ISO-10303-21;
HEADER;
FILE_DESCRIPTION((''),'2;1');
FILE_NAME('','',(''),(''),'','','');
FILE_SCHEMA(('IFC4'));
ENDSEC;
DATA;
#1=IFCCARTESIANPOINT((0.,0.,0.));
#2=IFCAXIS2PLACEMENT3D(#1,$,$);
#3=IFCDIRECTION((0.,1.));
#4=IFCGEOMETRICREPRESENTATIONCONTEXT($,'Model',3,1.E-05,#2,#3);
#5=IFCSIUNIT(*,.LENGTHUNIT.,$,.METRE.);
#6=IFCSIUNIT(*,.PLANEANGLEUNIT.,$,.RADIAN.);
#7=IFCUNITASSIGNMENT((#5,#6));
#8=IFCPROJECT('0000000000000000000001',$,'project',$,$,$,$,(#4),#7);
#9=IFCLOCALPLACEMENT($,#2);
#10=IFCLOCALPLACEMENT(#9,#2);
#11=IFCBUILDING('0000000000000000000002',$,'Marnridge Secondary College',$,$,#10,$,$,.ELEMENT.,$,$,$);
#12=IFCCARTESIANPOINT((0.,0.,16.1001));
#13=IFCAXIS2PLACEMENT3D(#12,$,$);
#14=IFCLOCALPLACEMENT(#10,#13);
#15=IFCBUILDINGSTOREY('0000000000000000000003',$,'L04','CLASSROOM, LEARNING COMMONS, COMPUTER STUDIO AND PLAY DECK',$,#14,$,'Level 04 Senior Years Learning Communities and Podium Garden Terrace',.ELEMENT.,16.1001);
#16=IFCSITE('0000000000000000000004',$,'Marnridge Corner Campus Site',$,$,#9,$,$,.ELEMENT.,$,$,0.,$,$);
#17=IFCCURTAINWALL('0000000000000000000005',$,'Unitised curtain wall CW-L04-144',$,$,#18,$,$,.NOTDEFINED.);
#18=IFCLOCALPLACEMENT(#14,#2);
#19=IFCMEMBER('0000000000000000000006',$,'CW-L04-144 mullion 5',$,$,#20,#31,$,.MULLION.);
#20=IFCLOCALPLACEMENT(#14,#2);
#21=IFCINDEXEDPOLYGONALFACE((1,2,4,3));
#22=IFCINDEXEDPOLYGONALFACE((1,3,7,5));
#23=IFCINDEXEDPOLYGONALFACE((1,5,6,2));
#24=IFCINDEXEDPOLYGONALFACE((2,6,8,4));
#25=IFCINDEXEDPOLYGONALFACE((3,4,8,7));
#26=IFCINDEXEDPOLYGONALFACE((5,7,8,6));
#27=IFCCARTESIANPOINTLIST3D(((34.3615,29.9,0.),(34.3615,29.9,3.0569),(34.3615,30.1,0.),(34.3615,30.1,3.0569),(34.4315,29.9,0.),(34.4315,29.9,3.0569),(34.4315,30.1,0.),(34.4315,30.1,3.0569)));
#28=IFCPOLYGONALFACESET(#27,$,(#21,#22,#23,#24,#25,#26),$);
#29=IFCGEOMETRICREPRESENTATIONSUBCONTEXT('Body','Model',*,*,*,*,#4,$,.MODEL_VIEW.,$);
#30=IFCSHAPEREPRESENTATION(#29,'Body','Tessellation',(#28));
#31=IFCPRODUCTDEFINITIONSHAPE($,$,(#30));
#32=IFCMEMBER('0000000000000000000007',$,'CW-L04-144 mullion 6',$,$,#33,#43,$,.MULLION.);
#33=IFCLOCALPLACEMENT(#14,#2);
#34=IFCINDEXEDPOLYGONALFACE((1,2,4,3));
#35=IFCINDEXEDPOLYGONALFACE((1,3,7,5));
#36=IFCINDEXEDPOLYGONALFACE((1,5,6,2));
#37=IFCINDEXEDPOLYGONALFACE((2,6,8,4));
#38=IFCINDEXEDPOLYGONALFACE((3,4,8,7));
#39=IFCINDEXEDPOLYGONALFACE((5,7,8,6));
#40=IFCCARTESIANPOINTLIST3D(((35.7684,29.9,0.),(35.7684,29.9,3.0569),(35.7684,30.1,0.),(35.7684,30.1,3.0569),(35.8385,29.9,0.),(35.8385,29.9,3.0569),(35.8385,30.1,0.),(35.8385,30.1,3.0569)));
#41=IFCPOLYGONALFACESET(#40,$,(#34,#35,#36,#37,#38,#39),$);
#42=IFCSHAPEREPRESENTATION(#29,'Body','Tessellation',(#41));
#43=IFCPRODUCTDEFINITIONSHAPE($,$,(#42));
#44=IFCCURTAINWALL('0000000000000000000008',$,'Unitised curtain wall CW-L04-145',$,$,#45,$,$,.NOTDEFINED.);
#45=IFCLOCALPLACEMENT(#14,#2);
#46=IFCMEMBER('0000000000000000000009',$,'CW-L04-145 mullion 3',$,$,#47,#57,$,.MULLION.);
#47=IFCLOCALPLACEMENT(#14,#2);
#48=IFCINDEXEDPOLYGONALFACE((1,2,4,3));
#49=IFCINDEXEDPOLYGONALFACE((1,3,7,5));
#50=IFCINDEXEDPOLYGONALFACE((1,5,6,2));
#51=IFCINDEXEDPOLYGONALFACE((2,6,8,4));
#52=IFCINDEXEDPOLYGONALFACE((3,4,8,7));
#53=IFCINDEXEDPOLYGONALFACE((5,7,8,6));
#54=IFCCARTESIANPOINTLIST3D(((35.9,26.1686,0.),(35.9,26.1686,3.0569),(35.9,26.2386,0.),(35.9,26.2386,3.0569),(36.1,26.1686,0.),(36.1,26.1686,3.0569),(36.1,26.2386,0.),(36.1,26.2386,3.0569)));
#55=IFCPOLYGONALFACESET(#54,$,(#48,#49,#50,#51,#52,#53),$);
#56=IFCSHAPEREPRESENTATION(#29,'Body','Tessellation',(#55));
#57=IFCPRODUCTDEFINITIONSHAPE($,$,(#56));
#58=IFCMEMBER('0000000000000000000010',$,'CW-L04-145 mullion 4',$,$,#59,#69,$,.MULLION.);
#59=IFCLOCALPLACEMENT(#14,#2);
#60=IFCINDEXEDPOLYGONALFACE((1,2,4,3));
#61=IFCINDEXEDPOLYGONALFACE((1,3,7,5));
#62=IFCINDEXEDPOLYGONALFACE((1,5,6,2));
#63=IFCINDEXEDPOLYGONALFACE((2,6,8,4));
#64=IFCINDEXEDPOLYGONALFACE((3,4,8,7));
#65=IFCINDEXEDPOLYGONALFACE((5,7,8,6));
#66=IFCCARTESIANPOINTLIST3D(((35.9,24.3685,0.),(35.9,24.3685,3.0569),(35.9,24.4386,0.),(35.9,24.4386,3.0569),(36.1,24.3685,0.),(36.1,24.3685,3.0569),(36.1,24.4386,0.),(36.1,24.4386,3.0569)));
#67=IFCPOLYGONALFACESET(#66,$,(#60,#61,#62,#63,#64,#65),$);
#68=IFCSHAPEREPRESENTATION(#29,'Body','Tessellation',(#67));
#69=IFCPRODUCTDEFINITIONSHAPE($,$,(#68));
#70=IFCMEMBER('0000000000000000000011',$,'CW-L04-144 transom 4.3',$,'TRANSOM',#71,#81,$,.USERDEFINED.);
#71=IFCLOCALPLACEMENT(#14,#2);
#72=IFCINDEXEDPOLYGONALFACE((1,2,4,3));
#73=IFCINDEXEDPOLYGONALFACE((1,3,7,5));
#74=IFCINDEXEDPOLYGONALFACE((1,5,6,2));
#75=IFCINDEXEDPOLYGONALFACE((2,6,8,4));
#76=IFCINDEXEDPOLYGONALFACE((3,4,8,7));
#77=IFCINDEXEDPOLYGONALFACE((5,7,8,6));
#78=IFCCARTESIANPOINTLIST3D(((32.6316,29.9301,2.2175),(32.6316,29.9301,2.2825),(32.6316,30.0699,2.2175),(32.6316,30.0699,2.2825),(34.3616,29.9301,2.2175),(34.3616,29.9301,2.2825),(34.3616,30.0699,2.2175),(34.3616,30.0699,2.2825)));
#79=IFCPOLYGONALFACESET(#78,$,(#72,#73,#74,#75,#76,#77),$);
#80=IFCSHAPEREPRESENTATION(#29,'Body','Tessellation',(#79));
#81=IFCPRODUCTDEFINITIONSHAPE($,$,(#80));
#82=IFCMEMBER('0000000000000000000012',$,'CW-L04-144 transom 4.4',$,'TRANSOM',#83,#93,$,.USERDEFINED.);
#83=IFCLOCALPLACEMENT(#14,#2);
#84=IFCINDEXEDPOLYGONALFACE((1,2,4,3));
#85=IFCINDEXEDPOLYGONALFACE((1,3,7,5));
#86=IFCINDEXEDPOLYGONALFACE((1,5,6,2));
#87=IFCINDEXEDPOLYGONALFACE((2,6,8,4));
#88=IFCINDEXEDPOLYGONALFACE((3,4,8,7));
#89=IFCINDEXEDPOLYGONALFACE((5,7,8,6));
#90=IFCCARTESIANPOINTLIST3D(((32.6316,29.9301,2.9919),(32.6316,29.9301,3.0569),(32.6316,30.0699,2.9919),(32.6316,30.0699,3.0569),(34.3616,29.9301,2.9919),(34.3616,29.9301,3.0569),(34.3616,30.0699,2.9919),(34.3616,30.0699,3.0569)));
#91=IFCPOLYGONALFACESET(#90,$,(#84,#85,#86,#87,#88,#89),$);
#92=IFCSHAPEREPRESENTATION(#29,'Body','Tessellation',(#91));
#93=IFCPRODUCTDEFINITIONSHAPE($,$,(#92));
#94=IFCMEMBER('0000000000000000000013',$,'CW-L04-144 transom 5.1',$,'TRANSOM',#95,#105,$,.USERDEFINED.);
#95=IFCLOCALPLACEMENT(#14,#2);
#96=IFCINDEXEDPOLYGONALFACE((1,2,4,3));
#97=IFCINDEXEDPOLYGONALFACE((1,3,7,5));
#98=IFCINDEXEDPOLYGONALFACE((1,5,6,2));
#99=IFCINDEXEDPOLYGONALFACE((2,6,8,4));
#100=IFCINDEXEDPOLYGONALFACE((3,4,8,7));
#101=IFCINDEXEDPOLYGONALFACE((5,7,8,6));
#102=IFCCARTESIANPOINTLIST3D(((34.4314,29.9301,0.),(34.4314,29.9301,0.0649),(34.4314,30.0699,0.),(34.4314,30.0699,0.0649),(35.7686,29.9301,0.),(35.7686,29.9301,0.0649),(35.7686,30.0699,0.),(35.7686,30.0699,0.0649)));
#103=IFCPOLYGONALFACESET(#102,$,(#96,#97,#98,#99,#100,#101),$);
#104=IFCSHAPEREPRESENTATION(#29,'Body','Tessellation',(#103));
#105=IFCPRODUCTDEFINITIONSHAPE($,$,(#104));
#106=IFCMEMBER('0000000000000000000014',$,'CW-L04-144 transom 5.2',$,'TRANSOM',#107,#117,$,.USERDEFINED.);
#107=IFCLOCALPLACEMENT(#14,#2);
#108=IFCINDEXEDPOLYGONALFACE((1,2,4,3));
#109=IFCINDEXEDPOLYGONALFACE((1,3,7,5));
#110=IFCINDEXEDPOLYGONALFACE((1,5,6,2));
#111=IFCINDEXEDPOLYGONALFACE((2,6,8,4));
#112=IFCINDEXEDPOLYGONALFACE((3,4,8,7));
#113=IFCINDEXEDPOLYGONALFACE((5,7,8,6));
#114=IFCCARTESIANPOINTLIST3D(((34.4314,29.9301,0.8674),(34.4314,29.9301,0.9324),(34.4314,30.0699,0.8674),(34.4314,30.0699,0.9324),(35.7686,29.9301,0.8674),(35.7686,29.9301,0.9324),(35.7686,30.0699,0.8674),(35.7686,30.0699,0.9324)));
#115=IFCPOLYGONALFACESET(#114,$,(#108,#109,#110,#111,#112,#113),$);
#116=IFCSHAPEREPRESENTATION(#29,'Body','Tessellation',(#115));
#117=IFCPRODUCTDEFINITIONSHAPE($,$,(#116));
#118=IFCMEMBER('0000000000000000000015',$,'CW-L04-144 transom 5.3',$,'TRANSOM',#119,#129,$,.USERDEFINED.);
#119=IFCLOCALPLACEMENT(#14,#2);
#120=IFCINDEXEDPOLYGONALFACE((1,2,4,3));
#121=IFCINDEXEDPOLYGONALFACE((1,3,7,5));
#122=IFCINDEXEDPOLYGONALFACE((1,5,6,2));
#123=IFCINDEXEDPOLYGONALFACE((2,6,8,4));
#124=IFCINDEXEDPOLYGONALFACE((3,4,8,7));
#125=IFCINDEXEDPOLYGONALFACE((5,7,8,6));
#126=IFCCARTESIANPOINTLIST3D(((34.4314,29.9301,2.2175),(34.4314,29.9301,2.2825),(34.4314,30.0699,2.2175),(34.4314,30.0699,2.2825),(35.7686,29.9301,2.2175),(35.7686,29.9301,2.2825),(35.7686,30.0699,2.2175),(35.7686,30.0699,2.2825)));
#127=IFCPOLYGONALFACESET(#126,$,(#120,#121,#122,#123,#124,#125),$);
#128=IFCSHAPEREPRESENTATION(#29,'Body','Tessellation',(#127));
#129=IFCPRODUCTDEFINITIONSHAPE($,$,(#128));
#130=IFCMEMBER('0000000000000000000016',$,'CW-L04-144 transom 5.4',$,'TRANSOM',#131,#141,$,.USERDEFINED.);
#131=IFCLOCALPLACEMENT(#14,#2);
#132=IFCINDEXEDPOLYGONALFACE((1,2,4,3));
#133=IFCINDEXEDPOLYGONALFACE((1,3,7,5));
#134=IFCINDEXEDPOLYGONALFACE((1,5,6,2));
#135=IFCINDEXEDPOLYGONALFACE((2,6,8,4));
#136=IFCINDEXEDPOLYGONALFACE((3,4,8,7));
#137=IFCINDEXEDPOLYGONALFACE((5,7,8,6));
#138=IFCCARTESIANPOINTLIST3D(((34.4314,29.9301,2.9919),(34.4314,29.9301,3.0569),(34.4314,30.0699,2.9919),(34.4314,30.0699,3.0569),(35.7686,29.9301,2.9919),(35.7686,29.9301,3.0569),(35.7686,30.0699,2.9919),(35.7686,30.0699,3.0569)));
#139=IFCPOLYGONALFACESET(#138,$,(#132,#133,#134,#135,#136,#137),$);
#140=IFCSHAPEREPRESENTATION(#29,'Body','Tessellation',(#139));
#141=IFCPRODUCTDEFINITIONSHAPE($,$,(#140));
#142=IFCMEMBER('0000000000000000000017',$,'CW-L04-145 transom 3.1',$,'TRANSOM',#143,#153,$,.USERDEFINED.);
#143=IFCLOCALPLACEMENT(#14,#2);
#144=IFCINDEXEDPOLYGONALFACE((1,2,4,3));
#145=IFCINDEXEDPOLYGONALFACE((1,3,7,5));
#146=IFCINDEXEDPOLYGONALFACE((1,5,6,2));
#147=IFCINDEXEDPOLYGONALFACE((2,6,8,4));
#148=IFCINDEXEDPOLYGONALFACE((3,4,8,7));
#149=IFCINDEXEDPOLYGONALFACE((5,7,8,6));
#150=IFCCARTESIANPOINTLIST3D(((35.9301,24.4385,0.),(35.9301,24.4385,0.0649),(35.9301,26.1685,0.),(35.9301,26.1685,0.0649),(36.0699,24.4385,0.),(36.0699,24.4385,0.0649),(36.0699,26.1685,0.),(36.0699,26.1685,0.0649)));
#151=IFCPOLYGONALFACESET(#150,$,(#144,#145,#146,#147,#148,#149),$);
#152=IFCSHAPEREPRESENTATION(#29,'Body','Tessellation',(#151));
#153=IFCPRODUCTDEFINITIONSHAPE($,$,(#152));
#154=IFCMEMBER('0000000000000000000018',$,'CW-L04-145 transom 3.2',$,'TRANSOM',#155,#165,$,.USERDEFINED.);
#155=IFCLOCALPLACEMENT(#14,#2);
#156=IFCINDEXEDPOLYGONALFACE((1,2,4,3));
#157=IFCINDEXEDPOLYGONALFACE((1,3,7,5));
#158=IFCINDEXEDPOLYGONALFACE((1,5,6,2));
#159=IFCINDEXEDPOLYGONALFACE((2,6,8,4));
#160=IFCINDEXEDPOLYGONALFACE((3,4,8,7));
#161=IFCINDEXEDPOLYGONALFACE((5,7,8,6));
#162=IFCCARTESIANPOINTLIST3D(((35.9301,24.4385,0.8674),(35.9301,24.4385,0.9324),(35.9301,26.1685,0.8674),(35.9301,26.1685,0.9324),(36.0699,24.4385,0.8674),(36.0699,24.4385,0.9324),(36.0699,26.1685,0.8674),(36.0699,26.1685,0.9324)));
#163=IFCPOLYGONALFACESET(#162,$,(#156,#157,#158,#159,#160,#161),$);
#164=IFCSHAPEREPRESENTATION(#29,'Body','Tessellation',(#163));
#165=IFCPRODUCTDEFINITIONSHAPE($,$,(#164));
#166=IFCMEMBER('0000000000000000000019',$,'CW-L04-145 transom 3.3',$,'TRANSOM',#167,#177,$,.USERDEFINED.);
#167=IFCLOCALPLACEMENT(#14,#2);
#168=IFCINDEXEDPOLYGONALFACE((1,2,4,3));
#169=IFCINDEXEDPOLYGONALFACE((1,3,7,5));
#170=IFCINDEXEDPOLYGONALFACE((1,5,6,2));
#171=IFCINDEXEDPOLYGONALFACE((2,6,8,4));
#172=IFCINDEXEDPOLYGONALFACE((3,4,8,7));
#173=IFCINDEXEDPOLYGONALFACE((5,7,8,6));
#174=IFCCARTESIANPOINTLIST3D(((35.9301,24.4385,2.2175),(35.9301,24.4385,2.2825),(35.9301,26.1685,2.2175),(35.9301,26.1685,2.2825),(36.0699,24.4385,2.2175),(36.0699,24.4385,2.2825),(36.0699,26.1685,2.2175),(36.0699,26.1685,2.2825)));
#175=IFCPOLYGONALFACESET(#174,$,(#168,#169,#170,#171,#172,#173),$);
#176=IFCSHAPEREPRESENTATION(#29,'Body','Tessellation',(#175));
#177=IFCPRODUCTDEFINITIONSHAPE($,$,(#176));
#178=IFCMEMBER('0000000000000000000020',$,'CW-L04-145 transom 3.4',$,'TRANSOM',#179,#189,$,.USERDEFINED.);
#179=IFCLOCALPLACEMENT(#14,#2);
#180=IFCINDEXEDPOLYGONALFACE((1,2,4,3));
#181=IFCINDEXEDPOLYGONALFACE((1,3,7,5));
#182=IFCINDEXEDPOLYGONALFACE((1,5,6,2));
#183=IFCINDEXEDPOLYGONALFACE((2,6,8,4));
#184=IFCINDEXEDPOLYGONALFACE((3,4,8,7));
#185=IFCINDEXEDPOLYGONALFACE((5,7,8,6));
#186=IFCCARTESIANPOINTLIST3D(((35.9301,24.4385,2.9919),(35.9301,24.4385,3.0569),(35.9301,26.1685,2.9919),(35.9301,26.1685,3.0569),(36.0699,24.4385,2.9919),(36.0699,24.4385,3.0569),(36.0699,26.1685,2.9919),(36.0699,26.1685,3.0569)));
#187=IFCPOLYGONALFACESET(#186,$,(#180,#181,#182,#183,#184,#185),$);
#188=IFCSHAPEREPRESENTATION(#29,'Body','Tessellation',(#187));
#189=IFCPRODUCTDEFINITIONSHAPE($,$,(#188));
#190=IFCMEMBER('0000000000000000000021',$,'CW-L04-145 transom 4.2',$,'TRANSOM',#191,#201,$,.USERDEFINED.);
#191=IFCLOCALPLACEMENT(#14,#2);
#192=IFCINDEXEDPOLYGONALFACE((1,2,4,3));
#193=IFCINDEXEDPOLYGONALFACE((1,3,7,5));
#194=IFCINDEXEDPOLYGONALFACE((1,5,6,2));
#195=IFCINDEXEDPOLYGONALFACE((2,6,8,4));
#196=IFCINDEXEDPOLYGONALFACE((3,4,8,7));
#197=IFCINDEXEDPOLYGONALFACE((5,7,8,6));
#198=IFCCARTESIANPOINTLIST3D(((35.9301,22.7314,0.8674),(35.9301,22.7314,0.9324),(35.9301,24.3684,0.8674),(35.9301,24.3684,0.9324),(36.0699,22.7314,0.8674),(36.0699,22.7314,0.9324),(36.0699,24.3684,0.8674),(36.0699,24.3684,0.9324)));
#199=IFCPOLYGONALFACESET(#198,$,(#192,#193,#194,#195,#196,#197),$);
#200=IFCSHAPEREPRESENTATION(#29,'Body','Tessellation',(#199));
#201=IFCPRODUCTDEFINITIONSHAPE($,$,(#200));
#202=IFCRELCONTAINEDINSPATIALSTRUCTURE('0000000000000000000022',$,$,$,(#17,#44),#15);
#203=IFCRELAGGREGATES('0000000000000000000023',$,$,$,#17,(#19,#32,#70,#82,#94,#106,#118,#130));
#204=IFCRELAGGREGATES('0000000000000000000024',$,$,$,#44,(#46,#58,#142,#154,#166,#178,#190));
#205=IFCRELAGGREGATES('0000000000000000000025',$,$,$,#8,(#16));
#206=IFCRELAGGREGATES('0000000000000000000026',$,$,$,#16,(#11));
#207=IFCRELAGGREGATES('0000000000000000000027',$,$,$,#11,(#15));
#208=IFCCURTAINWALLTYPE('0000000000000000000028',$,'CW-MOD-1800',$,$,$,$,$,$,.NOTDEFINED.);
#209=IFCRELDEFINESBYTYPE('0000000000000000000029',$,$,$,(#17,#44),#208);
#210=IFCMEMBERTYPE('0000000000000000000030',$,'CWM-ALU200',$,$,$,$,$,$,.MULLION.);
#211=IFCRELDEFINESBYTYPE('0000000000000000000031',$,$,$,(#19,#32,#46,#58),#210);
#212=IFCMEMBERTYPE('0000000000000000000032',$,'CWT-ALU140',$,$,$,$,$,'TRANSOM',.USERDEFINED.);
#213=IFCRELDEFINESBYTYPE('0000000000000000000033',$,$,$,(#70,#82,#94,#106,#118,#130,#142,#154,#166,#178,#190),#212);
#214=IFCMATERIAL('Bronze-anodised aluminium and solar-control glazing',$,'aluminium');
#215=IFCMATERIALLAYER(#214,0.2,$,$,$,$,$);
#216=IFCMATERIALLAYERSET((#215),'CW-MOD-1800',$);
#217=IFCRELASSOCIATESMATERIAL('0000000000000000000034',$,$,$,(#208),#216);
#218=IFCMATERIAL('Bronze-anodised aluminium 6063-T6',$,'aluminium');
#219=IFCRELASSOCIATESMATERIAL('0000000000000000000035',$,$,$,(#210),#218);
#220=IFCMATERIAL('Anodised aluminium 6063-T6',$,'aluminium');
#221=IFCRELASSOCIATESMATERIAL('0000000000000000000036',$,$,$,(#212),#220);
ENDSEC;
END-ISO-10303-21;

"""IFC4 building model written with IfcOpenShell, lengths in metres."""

from ifc_helpers import new_model, si_unit, direction, frame, origin, origin_2d, place, context, subcontext, project, spatial, rectangle, extrude, material, layer, layer_set, material_profile, profile_set, type_object, element, aggregate, save


model = new_model("IFC4")

# Units and contexts
model_context = context("Model", 3, precision=1e-05, world=origin(), true_north=direction((0.0, 1.0)))
body_context = subcontext(model_context, "Body", "Model", "MODEL_VIEW")
ifc_project = project(units=[si_unit("LENGTHUNIT", "METRE"), si_unit("PLANEANGLEUNIT", "RADIAN")], contexts=[model_context])

# Site, building, storey
site_placement = place(None, origin())
site = spatial("IfcSite", under=ifc_project, at=site_placement, Name="Marnridge Corner Campus Site", CompositionType="ELEMENT", RefElevation=0.0)
building_placement = place(site_placement, origin())
building = spatial("IfcBuilding", under=site, at=building_placement, Name="Marnridge Secondary College", CompositionType="ELEMENT")
storey_placement = place(building_placement, frame((0.0, 0.0, 16.1001)))
storey = spatial("IfcBuildingStorey", under=building, at=storey_placement, Name="L04", Description="CLASSROOM, LEARNING COMMONS, COMPUTER STUDIO AND PLAY DECK", LongName="Level 04 Senior Years Learning Communities and Podium Garden Terrace", CompositionType="ELEMENT", Elevation=16.1001)

# Curtain walls, members
ifc_material_1 = material(Name="Bronze-anodised aluminium and solar-control glazing", Category="aluminium")
ifc_layer_1 = layer(ifc_material_1, 0.2)
ifc_layer_set_1 = layer_set([ifc_layer_1], Name="CW-MOD-1800")
curtain_wall_type = type_object("IfcCurtainWallType", Name="CW-MOD-1800", PredefinedType="NOTDEFINED", material=ifc_layer_set_1)
curtain_wall_1_placement = place(storey_placement, origin())
curtain_wall_1 = element("IfcCurtainWall", 1, at=curtain_wall_1_placement, inside=storey, type_object=curtain_wall_type, Name="Unitised curtain wall CW-L04-144", PredefinedType="NOTDEFINED")
ifc_material_2 = material(Name="Bronze-anodised aluminium 6063-T6", Category="aluminium")
ifc_material_profile_1 = material_profile(ifc_material_2, rectangle(XDim=0.0701, YDim=0.2, at=origin_2d()), Name="ALU 70x200")
ifc_profile_set_1 = profile_set([ifc_material_profile_1], Name="Bronze-anodised aluminium 6063-T6")
member_type_1 = type_object("IfcMemberType", Name="CWM-ALU200", PredefinedType="MULLION", material=ifc_profile_set_1)
member_1_placement = place(storey_placement, frame((34.3965, 30.0, 0.0), z_axis=(0.0, 0.0, 1.0), x_axis=(1.0, 0.0, 0.0)))
member_1 = element("IfcMember", 2, at=member_1_placement, type_object=member_type_1, Name="CW-L04-144 mullion 5", PredefinedType="MULLION", context=body_context, shape_type="SweptSolid", body=[
    extrude(rectangle(XDim=0.0701, YDim=0.2, at=origin_2d()), origin(), (0.0, 0.0, 1.0), 3.0569),
])
member_2_placement = place(storey_placement, frame((35.8035, 30.0, 0.0), z_axis=(0.0, 0.0, 1.0), x_axis=(1.0, 0.0, 0.0)))
member_2 = element("IfcMember", 3, at=member_2_placement, type_object=member_type_1, Name="CW-L04-144 mullion 6", PredefinedType="MULLION", context=body_context, shape_type="SweptSolid", body=[
    extrude(rectangle(XDim=0.0701, YDim=0.2, at=origin_2d()), origin(), (0.0, 0.0, 1.0), 3.0569),
])
curtain_wall_2_placement = place(storey_placement, origin())
curtain_wall_2 = element("IfcCurtainWall", 4, at=curtain_wall_2_placement, inside=storey, type_object=curtain_wall_type, Name="Unitised curtain wall CW-L04-145", PredefinedType="NOTDEFINED")
member_3_placement = place(storey_placement, frame((36.0, 26.2036, 0.0), z_axis=(0.0, 0.0, 1.0), x_axis=(0.0, -1.0, 0.0)))
member_3 = element("IfcMember", 5, at=member_3_placement, type_object=member_type_1, Name="CW-L04-145 mullion 3", PredefinedType="MULLION", context=body_context, shape_type="SweptSolid", body=[
    extrude(rectangle(XDim=0.0701, YDim=0.2, at=origin_2d()), origin(), (0.0, 0.0, 1.0), 3.0569),
])
member_4_placement = place(storey_placement, frame((36.0, 24.4036, 0.0), z_axis=(0.0, 0.0, 1.0), x_axis=(0.0, -1.0, 0.0)))
member_4 = element("IfcMember", 6, at=member_4_placement, type_object=member_type_1, Name="CW-L04-145 mullion 4", PredefinedType="MULLION", context=body_context, shape_type="SweptSolid", body=[
    extrude(rectangle(XDim=0.0701, YDim=0.2, at=origin_2d()), origin(), (0.0, 0.0, 1.0), 3.0569),
])

# Members
ifc_material_3 = material(Name="Anodised aluminium 6063-T6", Category="aluminium")
ifc_material_profile_2 = material_profile(ifc_material_3, rectangle(XDim=0.0649, YDim=0.1399, at=origin_2d()), Name="ALU 65x140")
ifc_profile_set_2 = profile_set([ifc_material_profile_2], Name="Anodised aluminium 6063-T6")
member_type_2 = type_object("IfcMemberType", Name="CWT-ALU140", ElementType="TRANSOM", PredefinedType="USERDEFINED", material=ifc_profile_set_2)
member_5_placement = place(storey_placement, frame((32.6316, 30.0, 2.25), z_axis=(1.0, 0.0, 0.0), x_axis=(0.0, 0.0, 1.0)))
member_5 = element("IfcMember", 7, at=member_5_placement, type_object=member_type_2, Name="CW-L04-144 transom 4.3", ObjectType="TRANSOM", PredefinedType="USERDEFINED", context=body_context, shape_type="SweptSolid", body=[
    extrude(rectangle(XDim=0.0649, YDim=0.1399, at=origin_2d()), origin(), (0.0, 0.0, 1.0), 1.73),
])
member_6_placement = place(storey_placement, frame((32.6316, 30.0, 3.0244), z_axis=(1.0, 0.0, 0.0), x_axis=(0.0, 0.0, 1.0)))
member_6 = element("IfcMember", 8, at=member_6_placement, type_object=member_type_2, Name="CW-L04-144 transom 4.4", ObjectType="TRANSOM", PredefinedType="USERDEFINED", context=body_context, shape_type="SweptSolid", body=[
    extrude(rectangle(XDim=0.0649, YDim=0.1399, at=origin_2d()), origin(), (0.0, 0.0, 1.0), 1.73),
])
member_7_placement = place(storey_placement, frame((34.4314, 30.0, 0.0325), z_axis=(1.0, 0.0, 0.0), x_axis=(0.0, 0.0, 1.0)))
member_7 = element("IfcMember", 9, at=member_7_placement, type_object=member_type_2, Name="CW-L04-144 transom 5.1", ObjectType="TRANSOM", PredefinedType="USERDEFINED", context=body_context, shape_type="SweptSolid", body=[
    extrude(rectangle(XDim=0.0649, YDim=0.1399, at=origin_2d()), origin(), (0.0, 0.0, 1.0), 1.3372),
])
member_8_placement = place(storey_placement, frame((34.4314, 30.0, 0.8999), z_axis=(1.0, 0.0, 0.0), x_axis=(0.0, 0.0, 1.0)))
member_8 = element("IfcMember", 10, at=member_8_placement, type_object=member_type_2, Name="CW-L04-144 transom 5.2", ObjectType="TRANSOM", PredefinedType="USERDEFINED", context=body_context, shape_type="SweptSolid", body=[
    extrude(rectangle(XDim=0.0649, YDim=0.1399, at=origin_2d()), origin(), (0.0, 0.0, 1.0), 1.3372),
])
member_9_placement = place(storey_placement, frame((34.4314, 30.0, 2.25), z_axis=(1.0, 0.0, 0.0), x_axis=(0.0, 0.0, 1.0)))
member_9 = element("IfcMember", 11, at=member_9_placement, type_object=member_type_2, Name="CW-L04-144 transom 5.3", ObjectType="TRANSOM", PredefinedType="USERDEFINED", context=body_context, shape_type="SweptSolid", body=[
    extrude(rectangle(XDim=0.0649, YDim=0.1399, at=origin_2d()), origin(), (0.0, 0.0, 1.0), 1.3372),
])
member_10_placement = place(storey_placement, frame((34.4314, 30.0, 3.0244), z_axis=(1.0, 0.0, 0.0), x_axis=(0.0, 0.0, 1.0)))
member_10 = element("IfcMember", 12, at=member_10_placement, type_object=member_type_2, Name="CW-L04-144 transom 5.4", ObjectType="TRANSOM", PredefinedType="USERDEFINED", context=body_context, shape_type="SweptSolid", body=[
    extrude(rectangle(XDim=0.0649, YDim=0.1399, at=origin_2d()), origin(), (0.0, 0.0, 1.0), 1.3372),
])
member_11_placement = place(storey_placement, frame((36.0, 26.1685, 0.0325), z_axis=(0.0, -1.0, 0.0), x_axis=(0.0, 0.0, 1.0)))
member_11 = element("IfcMember", 13, at=member_11_placement, type_object=member_type_2, Name="CW-L04-145 transom 3.1", ObjectType="TRANSOM", PredefinedType="USERDEFINED", context=body_context, shape_type="SweptSolid", body=[
    extrude(rectangle(XDim=0.0649, YDim=0.1399, at=origin_2d()), origin(), (0.0, 0.0, 1.0), 1.73),
])
member_12_placement = place(storey_placement, frame((36.0, 26.1685, 0.8999), z_axis=(0.0, -1.0, 0.0), x_axis=(0.0, 0.0, 1.0)))
member_12 = element("IfcMember", 14, at=member_12_placement, type_object=member_type_2, Name="CW-L04-145 transom 3.2", ObjectType="TRANSOM", PredefinedType="USERDEFINED", context=body_context, shape_type="SweptSolid", body=[
    extrude(rectangle(XDim=0.0649, YDim=0.1399, at=origin_2d()), origin(), (0.0, 0.0, 1.0), 1.73),
])
member_13_placement = place(storey_placement, frame((36.0, 26.1685, 2.25), z_axis=(0.0, -1.0, 0.0), x_axis=(0.0, 0.0, 1.0)))
member_13 = element("IfcMember", 15, at=member_13_placement, type_object=member_type_2, Name="CW-L04-145 transom 3.3", ObjectType="TRANSOM", PredefinedType="USERDEFINED", context=body_context, shape_type="SweptSolid", body=[
    extrude(rectangle(XDim=0.0649, YDim=0.1399, at=origin_2d()), origin(), (0.0, 0.0, 1.0), 1.73),
])
member_14_placement = place(storey_placement, frame((36.0, 26.1685, 3.0244), z_axis=(0.0, -1.0, 0.0), x_axis=(0.0, 0.0, 1.0)))
member_14 = element("IfcMember", 16, at=member_14_placement, type_object=member_type_2, Name="CW-L04-145 transom 3.4", ObjectType="TRANSOM", PredefinedType="USERDEFINED", context=body_context, shape_type="SweptSolid", body=[
    extrude(rectangle(XDim=0.0649, YDim=0.1399, at=origin_2d()), origin(), (0.0, 0.0, 1.0), 1.73),
])
member_15_placement = place(storey_placement, frame((36.0, 24.3684, 0.8999), z_axis=(0.0, -1.0, 0.0), x_axis=(0.0, 0.0, 1.0)))
member_15 = element("IfcMember", 17, at=member_15_placement, type_object=member_type_2, Name="CW-L04-145 transom 4.2", ObjectType="TRANSOM", PredefinedType="USERDEFINED", context=body_context, shape_type="SweptSolid", body=[
    extrude(rectangle(XDim=0.0649, YDim=0.1399, at=origin_2d()), origin(), (0.0, 0.0, 1.0), 1.637),
])

aggregate(curtain_wall_1, [member_1, member_2, member_5, member_6, member_7, member_8, member_9, member_10])
aggregate(curtain_wall_2, [member_3, member_4, member_11, member_12, member_13, member_14, member_15])

save(model, "model.ifc")
